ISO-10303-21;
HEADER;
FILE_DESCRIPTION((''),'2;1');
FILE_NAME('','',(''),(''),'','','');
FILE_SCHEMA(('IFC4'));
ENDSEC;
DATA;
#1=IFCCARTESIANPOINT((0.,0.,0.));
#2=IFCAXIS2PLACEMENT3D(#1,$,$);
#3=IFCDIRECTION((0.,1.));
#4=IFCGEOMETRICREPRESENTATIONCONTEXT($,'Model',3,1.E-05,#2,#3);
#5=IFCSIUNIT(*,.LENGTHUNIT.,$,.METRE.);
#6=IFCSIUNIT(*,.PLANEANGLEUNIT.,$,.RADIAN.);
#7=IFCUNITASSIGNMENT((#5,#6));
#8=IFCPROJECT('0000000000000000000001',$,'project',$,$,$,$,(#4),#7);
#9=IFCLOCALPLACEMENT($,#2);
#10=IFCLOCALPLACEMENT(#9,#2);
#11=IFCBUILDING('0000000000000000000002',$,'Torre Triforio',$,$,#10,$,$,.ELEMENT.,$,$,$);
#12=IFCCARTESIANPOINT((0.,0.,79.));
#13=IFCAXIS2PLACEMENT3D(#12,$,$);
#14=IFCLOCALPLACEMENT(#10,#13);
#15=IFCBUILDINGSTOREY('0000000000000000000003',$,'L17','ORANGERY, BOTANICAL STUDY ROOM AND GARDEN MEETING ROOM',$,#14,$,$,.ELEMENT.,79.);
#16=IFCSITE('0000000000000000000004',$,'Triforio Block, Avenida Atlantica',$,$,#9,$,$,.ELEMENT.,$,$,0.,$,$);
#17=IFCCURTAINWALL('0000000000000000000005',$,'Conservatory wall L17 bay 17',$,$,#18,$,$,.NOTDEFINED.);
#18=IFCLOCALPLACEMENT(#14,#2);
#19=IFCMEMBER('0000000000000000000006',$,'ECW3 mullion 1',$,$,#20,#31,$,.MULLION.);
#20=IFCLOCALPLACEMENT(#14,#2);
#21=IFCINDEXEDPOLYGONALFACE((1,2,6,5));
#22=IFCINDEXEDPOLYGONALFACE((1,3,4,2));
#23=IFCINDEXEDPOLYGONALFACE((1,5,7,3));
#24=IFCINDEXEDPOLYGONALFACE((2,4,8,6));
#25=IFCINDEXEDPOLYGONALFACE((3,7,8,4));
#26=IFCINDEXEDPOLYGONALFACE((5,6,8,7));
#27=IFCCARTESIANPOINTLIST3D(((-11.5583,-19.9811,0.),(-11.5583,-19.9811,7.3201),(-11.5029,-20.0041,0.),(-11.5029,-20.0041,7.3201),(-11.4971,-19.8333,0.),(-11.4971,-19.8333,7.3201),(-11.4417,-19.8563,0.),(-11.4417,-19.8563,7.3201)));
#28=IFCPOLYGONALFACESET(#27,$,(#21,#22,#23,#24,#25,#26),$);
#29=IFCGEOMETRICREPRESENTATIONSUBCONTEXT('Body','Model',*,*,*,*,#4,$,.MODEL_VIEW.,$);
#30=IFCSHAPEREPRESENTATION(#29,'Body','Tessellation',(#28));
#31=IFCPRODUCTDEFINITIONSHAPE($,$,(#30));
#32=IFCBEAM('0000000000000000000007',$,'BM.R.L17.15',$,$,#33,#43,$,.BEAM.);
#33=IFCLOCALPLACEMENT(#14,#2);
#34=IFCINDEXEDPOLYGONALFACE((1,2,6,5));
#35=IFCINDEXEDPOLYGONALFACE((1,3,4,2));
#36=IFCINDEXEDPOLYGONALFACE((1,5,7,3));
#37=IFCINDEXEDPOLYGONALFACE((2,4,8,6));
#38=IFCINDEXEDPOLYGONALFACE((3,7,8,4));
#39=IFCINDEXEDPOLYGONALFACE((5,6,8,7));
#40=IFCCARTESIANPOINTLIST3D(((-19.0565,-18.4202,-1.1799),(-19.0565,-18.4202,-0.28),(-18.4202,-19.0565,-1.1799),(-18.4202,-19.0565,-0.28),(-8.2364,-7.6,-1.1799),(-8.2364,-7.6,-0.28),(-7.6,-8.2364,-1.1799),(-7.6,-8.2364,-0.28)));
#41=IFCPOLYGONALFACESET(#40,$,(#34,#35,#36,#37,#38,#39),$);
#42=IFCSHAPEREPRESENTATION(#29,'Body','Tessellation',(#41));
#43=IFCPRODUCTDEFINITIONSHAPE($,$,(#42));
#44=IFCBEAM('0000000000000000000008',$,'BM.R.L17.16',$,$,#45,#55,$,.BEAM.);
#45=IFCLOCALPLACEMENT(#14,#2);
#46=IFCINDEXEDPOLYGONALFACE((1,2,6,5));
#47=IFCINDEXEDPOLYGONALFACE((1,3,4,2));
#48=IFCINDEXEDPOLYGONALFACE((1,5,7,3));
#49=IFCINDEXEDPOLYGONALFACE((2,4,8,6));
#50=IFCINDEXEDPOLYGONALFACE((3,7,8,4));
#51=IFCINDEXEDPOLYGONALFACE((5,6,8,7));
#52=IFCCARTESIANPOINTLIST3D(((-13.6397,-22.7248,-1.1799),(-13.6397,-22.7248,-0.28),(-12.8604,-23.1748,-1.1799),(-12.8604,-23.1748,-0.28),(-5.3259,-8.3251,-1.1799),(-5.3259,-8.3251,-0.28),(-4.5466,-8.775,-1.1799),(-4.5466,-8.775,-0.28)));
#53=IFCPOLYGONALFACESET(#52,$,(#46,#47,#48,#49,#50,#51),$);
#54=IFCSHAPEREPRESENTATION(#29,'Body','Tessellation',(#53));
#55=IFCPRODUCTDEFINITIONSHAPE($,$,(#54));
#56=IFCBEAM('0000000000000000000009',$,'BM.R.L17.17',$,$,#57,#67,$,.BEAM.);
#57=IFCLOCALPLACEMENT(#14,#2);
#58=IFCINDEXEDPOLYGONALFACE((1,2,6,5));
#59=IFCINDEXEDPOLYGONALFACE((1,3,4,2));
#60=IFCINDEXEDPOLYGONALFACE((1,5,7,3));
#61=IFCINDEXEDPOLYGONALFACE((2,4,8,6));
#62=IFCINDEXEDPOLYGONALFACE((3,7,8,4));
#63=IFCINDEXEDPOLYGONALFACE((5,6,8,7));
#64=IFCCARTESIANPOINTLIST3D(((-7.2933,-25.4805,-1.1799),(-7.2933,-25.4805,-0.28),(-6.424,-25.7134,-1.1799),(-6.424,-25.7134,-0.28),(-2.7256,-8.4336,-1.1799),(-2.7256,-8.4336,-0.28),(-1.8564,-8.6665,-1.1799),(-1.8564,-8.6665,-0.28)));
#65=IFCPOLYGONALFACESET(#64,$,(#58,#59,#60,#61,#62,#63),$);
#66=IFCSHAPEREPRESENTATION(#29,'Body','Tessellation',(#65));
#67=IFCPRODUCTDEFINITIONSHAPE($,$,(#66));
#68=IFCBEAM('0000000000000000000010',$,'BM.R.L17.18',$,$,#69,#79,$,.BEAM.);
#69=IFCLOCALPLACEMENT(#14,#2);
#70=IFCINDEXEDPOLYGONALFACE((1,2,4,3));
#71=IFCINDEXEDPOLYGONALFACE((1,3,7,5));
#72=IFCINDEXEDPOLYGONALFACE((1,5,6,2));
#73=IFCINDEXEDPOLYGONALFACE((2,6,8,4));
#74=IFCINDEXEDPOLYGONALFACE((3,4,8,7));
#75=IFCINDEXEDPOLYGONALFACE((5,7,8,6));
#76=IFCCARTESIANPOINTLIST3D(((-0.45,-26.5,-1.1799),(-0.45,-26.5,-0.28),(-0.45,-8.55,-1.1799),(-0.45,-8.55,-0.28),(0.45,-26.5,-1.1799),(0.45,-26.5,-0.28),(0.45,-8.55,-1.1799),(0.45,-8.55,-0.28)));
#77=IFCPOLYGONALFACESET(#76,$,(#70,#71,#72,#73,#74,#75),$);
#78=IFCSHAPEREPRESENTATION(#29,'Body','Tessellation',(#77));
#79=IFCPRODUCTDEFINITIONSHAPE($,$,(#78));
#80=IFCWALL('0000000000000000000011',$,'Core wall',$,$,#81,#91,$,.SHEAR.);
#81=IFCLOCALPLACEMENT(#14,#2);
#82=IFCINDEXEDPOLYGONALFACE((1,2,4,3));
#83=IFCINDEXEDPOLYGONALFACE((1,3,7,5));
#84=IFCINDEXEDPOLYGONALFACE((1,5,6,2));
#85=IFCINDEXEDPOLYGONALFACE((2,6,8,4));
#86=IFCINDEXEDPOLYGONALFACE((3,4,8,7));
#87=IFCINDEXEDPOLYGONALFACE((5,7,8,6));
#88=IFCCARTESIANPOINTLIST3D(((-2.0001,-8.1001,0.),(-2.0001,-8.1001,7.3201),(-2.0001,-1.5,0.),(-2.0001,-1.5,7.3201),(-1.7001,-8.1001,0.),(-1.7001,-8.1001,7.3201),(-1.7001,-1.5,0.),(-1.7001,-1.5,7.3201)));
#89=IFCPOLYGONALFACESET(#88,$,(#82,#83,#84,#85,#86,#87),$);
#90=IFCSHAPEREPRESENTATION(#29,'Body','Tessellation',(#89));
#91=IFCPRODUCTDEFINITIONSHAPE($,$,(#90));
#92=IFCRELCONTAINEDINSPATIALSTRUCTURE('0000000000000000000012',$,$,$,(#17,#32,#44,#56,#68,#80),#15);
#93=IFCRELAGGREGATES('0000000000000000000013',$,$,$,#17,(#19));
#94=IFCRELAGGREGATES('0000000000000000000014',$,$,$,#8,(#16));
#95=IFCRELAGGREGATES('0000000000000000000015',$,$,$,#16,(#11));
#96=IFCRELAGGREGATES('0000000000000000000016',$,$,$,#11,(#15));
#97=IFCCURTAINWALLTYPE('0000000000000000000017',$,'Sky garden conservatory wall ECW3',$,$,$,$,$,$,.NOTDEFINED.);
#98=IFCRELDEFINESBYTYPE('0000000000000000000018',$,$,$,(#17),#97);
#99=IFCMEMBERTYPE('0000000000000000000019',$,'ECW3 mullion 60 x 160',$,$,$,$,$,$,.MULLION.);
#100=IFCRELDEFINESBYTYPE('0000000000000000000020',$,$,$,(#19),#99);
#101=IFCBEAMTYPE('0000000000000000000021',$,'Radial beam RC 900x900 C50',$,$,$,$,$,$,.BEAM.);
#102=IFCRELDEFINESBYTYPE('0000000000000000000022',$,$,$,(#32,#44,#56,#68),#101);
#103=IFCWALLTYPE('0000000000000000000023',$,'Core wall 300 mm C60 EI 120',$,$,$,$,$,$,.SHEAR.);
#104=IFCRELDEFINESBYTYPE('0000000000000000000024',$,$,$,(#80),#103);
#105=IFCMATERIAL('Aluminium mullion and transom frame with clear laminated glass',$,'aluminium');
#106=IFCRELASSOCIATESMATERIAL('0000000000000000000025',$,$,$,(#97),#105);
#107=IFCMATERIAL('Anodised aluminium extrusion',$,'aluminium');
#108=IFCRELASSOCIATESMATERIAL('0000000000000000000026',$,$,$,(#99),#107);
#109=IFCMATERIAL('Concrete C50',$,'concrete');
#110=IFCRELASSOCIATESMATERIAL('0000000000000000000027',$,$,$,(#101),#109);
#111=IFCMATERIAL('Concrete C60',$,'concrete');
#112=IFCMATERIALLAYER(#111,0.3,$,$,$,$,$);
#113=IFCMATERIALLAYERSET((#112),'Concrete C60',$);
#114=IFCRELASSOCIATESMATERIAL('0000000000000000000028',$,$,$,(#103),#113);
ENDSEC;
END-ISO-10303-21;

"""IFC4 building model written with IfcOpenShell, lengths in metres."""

from ifc_helpers import new_model, si_unit, direction, frame, frame_2d, origin, origin_2d, place, context, subcontext, project, spatial, rectangle, extrude, material, layer, layer_set, material_profile, profile_set, type_object, element, aggregate, save


model = new_model("IFC4")

# Units and contexts
model_context = context("Model", 3, precision=1e-05, world=origin(), true_north=direction((0.0, 1.0)))
body_context = subcontext(model_context, "Body", "Model", "MODEL_VIEW")
ifc_project = project(units=[si_unit("LENGTHUNIT", "METRE"), si_unit("PLANEANGLEUNIT", "RADIAN")], contexts=[model_context])

# Site, building, storey
site_placement = place(None, origin())
site = spatial("IfcSite", under=ifc_project, at=site_placement, Name="Triforio Block, Avenida Atlantica", CompositionType="ELEMENT", RefElevation=0.0)
building_placement = place(site_placement, origin())
building = spatial("IfcBuilding", under=site, at=building_placement, Name="Torre Triforio", CompositionType="ELEMENT")
storey_placement = place(building_placement, frame((0.0, 0.0, 79.0)))
storey = spatial("IfcBuildingStorey", under=building, at=storey_placement, Name="L17", Description="ORANGERY, BOTANICAL STUDY ROOM AND GARDEN MEETING ROOM", CompositionType="ELEMENT", Elevation=79.0)

# Curtain wall, member
ifc_material_1 = material(Name="Aluminium mullion and transom frame with clear laminated glass", Category="aluminium")
curtain_wall_type = type_object("IfcCurtainWallType", Name="Sky garden conservatory wall ECW3", PredefinedType="NOTDEFINED", material=ifc_material_1)
curtain_wall_placement = place(storey_placement, origin())
curtain_wall = element("IfcCurtainWall", 1, at=curtain_wall_placement, inside=storey, type_object=curtain_wall_type, Name="Conservatory wall L17 bay 17", PredefinedType="NOTDEFINED")
ifc_material_2 = material(Name="Anodised aluminium extrusion", Category="aluminium")
ifc_material_profile_1 = material_profile(ifc_material_2, rectangle(XDim=0.1599, YDim=0.0601, at=origin_2d()), Name="ECW3 MULLION 60x160")
ifc_profile_set_1 = profile_set([ifc_material_profile_1], Name="Anodised aluminium extrusion")
member_type = type_object("IfcMemberType", Name="ECW3 mullion 60 x 160", PredefinedType="MULLION", material=ifc_profile_set_1)
member_placement = place(storey_placement, frame((-11.5, -19.9187, 0.0), z_axis=(0.0, 0.0, 1.0), x_axis=(0.382687, 0.923878, 0.0)))
member = element("IfcMember", 2, at=member_placement, type_object=member_type, Name="ECW3 mullion 1", PredefinedType="MULLION", context=body_context, shape_type="SweptSolid", body=[
    extrude(rectangle(XDim=0.1599, YDim=0.0601, at=origin_2d()), origin(), (0.0, 0.0, 1.0), 7.3201),
])
aggregate(curtain_wall, [member])

# Beams
ifc_material_3 = material(Name="Concrete C50", Category="concrete")
ifc_material_profile_2 = material_profile(ifc_material_3, rectangle(XDim=0.8999, YDim=0.8999, at=origin_2d()), Name="RC 900x900")
ifc_profile_set_2 = profile_set([ifc_material_profile_2], Name="Concrete C50")
beam_type = type_object("IfcBeamType", Name="Radial beam RC 900x900 C50", PredefinedType="BEAM", material=ifc_profile_set_2)
beam_1_placement = place(storey_placement, frame((-7.9182, -7.9182, -0.73), z_axis=(-0.707107, -0.707107, 0.0), x_axis=(0.707107, -0.707107, 0.0)))
element("IfcBeam", 3, at=beam_1_placement, inside=storey, type_object=beam_type, Name="BM.R.L17.15", PredefinedType="BEAM", context=body_context, shape_type="SweptSolid", body=[
    extrude(rectangle(XDim=0.8999, YDim=0.8999, at=origin_2d()), origin(), (0.0, 0.0, 1.0), 15.302),
])
beam_2_placement = place(storey_placement, frame((-4.9363, -8.55, -0.73), z_axis=(-0.500003, -0.866023, 0.0), x_axis=(0.866023, -0.500003, 0.0)))
element("IfcBeam", 4, at=beam_2_placement, inside=storey, type_object=beam_type, Name="BM.R.L17.16", PredefinedType="BEAM", context=body_context, shape_type="SweptSolid", body=[
    extrude(rectangle(XDim=0.8999, YDim=0.8999, at=origin_2d()), origin(), (0.0, 0.0, 1.0), 16.6274),
])
beam_3_placement = place(storey_placement, frame((-2.291, -8.55, -0.73), z_axis=(-0.258815, -0.965927, 0.0), x_axis=(0.965927, -0.258815, 0.0)))
element("IfcBeam", 5, at=beam_3_placement, inside=storey, type_object=beam_type, Name="BM.R.L17.17", PredefinedType="BEAM", context=body_context, shape_type="SweptSolid", body=[
    extrude(rectangle(XDim=0.8999, YDim=0.8999, at=origin_2d()), origin(), (0.0, 0.0, 1.0), 17.6482),
])
beam_4_placement = place(storey_placement, frame((0.0, -8.55, -0.73), z_axis=(0.0, -1.0, 0.0), x_axis=(1.0, 0.0, 0.0)))
element("IfcBeam", 6, at=beam_4_placement, inside=storey, type_object=beam_type, Name="BM.R.L17.18", PredefinedType="BEAM", context=body_context, shape_type="SweptSolid", body=[
    extrude(rectangle(XDim=0.8999, YDim=0.8999, at=origin_2d()), origin(), (0.0, 0.0, 1.0), 17.95),
])

# Wall
ifc_material_4 = material(Name="Concrete C60", Category="concrete")
ifc_layer_1 = layer(ifc_material_4, 0.3)
ifc_layer_set_1 = layer_set([ifc_layer_1], Name="Concrete C60")
wall_type_1 = type_object("IfcWallType", Name="Core wall 300 mm C60 EI 120", PredefinedType="SHEAR", material=ifc_layer_set_1)
wall_1_placement = place(storey_placement, frame((-1.8501, -8.1001, 0.0), z_axis=(0.0, 0.0, 1.0), x_axis=(0.0, 1.0, 0.0)))
element("IfcWall", 7, at=wall_1_placement, inside=storey, type_object=wall_type_1, Name="Core wall", PredefinedType="SHEAR", context=body_context, shape_type="SweptSolid", body=[
    extrude(rectangle(XDim=6.6001, YDim=0.3, at=frame_2d((3.3, 0.0))), origin(), (0.0, 0.0, 1.0), 7.3201),
])

save(model, "model.ifc")
